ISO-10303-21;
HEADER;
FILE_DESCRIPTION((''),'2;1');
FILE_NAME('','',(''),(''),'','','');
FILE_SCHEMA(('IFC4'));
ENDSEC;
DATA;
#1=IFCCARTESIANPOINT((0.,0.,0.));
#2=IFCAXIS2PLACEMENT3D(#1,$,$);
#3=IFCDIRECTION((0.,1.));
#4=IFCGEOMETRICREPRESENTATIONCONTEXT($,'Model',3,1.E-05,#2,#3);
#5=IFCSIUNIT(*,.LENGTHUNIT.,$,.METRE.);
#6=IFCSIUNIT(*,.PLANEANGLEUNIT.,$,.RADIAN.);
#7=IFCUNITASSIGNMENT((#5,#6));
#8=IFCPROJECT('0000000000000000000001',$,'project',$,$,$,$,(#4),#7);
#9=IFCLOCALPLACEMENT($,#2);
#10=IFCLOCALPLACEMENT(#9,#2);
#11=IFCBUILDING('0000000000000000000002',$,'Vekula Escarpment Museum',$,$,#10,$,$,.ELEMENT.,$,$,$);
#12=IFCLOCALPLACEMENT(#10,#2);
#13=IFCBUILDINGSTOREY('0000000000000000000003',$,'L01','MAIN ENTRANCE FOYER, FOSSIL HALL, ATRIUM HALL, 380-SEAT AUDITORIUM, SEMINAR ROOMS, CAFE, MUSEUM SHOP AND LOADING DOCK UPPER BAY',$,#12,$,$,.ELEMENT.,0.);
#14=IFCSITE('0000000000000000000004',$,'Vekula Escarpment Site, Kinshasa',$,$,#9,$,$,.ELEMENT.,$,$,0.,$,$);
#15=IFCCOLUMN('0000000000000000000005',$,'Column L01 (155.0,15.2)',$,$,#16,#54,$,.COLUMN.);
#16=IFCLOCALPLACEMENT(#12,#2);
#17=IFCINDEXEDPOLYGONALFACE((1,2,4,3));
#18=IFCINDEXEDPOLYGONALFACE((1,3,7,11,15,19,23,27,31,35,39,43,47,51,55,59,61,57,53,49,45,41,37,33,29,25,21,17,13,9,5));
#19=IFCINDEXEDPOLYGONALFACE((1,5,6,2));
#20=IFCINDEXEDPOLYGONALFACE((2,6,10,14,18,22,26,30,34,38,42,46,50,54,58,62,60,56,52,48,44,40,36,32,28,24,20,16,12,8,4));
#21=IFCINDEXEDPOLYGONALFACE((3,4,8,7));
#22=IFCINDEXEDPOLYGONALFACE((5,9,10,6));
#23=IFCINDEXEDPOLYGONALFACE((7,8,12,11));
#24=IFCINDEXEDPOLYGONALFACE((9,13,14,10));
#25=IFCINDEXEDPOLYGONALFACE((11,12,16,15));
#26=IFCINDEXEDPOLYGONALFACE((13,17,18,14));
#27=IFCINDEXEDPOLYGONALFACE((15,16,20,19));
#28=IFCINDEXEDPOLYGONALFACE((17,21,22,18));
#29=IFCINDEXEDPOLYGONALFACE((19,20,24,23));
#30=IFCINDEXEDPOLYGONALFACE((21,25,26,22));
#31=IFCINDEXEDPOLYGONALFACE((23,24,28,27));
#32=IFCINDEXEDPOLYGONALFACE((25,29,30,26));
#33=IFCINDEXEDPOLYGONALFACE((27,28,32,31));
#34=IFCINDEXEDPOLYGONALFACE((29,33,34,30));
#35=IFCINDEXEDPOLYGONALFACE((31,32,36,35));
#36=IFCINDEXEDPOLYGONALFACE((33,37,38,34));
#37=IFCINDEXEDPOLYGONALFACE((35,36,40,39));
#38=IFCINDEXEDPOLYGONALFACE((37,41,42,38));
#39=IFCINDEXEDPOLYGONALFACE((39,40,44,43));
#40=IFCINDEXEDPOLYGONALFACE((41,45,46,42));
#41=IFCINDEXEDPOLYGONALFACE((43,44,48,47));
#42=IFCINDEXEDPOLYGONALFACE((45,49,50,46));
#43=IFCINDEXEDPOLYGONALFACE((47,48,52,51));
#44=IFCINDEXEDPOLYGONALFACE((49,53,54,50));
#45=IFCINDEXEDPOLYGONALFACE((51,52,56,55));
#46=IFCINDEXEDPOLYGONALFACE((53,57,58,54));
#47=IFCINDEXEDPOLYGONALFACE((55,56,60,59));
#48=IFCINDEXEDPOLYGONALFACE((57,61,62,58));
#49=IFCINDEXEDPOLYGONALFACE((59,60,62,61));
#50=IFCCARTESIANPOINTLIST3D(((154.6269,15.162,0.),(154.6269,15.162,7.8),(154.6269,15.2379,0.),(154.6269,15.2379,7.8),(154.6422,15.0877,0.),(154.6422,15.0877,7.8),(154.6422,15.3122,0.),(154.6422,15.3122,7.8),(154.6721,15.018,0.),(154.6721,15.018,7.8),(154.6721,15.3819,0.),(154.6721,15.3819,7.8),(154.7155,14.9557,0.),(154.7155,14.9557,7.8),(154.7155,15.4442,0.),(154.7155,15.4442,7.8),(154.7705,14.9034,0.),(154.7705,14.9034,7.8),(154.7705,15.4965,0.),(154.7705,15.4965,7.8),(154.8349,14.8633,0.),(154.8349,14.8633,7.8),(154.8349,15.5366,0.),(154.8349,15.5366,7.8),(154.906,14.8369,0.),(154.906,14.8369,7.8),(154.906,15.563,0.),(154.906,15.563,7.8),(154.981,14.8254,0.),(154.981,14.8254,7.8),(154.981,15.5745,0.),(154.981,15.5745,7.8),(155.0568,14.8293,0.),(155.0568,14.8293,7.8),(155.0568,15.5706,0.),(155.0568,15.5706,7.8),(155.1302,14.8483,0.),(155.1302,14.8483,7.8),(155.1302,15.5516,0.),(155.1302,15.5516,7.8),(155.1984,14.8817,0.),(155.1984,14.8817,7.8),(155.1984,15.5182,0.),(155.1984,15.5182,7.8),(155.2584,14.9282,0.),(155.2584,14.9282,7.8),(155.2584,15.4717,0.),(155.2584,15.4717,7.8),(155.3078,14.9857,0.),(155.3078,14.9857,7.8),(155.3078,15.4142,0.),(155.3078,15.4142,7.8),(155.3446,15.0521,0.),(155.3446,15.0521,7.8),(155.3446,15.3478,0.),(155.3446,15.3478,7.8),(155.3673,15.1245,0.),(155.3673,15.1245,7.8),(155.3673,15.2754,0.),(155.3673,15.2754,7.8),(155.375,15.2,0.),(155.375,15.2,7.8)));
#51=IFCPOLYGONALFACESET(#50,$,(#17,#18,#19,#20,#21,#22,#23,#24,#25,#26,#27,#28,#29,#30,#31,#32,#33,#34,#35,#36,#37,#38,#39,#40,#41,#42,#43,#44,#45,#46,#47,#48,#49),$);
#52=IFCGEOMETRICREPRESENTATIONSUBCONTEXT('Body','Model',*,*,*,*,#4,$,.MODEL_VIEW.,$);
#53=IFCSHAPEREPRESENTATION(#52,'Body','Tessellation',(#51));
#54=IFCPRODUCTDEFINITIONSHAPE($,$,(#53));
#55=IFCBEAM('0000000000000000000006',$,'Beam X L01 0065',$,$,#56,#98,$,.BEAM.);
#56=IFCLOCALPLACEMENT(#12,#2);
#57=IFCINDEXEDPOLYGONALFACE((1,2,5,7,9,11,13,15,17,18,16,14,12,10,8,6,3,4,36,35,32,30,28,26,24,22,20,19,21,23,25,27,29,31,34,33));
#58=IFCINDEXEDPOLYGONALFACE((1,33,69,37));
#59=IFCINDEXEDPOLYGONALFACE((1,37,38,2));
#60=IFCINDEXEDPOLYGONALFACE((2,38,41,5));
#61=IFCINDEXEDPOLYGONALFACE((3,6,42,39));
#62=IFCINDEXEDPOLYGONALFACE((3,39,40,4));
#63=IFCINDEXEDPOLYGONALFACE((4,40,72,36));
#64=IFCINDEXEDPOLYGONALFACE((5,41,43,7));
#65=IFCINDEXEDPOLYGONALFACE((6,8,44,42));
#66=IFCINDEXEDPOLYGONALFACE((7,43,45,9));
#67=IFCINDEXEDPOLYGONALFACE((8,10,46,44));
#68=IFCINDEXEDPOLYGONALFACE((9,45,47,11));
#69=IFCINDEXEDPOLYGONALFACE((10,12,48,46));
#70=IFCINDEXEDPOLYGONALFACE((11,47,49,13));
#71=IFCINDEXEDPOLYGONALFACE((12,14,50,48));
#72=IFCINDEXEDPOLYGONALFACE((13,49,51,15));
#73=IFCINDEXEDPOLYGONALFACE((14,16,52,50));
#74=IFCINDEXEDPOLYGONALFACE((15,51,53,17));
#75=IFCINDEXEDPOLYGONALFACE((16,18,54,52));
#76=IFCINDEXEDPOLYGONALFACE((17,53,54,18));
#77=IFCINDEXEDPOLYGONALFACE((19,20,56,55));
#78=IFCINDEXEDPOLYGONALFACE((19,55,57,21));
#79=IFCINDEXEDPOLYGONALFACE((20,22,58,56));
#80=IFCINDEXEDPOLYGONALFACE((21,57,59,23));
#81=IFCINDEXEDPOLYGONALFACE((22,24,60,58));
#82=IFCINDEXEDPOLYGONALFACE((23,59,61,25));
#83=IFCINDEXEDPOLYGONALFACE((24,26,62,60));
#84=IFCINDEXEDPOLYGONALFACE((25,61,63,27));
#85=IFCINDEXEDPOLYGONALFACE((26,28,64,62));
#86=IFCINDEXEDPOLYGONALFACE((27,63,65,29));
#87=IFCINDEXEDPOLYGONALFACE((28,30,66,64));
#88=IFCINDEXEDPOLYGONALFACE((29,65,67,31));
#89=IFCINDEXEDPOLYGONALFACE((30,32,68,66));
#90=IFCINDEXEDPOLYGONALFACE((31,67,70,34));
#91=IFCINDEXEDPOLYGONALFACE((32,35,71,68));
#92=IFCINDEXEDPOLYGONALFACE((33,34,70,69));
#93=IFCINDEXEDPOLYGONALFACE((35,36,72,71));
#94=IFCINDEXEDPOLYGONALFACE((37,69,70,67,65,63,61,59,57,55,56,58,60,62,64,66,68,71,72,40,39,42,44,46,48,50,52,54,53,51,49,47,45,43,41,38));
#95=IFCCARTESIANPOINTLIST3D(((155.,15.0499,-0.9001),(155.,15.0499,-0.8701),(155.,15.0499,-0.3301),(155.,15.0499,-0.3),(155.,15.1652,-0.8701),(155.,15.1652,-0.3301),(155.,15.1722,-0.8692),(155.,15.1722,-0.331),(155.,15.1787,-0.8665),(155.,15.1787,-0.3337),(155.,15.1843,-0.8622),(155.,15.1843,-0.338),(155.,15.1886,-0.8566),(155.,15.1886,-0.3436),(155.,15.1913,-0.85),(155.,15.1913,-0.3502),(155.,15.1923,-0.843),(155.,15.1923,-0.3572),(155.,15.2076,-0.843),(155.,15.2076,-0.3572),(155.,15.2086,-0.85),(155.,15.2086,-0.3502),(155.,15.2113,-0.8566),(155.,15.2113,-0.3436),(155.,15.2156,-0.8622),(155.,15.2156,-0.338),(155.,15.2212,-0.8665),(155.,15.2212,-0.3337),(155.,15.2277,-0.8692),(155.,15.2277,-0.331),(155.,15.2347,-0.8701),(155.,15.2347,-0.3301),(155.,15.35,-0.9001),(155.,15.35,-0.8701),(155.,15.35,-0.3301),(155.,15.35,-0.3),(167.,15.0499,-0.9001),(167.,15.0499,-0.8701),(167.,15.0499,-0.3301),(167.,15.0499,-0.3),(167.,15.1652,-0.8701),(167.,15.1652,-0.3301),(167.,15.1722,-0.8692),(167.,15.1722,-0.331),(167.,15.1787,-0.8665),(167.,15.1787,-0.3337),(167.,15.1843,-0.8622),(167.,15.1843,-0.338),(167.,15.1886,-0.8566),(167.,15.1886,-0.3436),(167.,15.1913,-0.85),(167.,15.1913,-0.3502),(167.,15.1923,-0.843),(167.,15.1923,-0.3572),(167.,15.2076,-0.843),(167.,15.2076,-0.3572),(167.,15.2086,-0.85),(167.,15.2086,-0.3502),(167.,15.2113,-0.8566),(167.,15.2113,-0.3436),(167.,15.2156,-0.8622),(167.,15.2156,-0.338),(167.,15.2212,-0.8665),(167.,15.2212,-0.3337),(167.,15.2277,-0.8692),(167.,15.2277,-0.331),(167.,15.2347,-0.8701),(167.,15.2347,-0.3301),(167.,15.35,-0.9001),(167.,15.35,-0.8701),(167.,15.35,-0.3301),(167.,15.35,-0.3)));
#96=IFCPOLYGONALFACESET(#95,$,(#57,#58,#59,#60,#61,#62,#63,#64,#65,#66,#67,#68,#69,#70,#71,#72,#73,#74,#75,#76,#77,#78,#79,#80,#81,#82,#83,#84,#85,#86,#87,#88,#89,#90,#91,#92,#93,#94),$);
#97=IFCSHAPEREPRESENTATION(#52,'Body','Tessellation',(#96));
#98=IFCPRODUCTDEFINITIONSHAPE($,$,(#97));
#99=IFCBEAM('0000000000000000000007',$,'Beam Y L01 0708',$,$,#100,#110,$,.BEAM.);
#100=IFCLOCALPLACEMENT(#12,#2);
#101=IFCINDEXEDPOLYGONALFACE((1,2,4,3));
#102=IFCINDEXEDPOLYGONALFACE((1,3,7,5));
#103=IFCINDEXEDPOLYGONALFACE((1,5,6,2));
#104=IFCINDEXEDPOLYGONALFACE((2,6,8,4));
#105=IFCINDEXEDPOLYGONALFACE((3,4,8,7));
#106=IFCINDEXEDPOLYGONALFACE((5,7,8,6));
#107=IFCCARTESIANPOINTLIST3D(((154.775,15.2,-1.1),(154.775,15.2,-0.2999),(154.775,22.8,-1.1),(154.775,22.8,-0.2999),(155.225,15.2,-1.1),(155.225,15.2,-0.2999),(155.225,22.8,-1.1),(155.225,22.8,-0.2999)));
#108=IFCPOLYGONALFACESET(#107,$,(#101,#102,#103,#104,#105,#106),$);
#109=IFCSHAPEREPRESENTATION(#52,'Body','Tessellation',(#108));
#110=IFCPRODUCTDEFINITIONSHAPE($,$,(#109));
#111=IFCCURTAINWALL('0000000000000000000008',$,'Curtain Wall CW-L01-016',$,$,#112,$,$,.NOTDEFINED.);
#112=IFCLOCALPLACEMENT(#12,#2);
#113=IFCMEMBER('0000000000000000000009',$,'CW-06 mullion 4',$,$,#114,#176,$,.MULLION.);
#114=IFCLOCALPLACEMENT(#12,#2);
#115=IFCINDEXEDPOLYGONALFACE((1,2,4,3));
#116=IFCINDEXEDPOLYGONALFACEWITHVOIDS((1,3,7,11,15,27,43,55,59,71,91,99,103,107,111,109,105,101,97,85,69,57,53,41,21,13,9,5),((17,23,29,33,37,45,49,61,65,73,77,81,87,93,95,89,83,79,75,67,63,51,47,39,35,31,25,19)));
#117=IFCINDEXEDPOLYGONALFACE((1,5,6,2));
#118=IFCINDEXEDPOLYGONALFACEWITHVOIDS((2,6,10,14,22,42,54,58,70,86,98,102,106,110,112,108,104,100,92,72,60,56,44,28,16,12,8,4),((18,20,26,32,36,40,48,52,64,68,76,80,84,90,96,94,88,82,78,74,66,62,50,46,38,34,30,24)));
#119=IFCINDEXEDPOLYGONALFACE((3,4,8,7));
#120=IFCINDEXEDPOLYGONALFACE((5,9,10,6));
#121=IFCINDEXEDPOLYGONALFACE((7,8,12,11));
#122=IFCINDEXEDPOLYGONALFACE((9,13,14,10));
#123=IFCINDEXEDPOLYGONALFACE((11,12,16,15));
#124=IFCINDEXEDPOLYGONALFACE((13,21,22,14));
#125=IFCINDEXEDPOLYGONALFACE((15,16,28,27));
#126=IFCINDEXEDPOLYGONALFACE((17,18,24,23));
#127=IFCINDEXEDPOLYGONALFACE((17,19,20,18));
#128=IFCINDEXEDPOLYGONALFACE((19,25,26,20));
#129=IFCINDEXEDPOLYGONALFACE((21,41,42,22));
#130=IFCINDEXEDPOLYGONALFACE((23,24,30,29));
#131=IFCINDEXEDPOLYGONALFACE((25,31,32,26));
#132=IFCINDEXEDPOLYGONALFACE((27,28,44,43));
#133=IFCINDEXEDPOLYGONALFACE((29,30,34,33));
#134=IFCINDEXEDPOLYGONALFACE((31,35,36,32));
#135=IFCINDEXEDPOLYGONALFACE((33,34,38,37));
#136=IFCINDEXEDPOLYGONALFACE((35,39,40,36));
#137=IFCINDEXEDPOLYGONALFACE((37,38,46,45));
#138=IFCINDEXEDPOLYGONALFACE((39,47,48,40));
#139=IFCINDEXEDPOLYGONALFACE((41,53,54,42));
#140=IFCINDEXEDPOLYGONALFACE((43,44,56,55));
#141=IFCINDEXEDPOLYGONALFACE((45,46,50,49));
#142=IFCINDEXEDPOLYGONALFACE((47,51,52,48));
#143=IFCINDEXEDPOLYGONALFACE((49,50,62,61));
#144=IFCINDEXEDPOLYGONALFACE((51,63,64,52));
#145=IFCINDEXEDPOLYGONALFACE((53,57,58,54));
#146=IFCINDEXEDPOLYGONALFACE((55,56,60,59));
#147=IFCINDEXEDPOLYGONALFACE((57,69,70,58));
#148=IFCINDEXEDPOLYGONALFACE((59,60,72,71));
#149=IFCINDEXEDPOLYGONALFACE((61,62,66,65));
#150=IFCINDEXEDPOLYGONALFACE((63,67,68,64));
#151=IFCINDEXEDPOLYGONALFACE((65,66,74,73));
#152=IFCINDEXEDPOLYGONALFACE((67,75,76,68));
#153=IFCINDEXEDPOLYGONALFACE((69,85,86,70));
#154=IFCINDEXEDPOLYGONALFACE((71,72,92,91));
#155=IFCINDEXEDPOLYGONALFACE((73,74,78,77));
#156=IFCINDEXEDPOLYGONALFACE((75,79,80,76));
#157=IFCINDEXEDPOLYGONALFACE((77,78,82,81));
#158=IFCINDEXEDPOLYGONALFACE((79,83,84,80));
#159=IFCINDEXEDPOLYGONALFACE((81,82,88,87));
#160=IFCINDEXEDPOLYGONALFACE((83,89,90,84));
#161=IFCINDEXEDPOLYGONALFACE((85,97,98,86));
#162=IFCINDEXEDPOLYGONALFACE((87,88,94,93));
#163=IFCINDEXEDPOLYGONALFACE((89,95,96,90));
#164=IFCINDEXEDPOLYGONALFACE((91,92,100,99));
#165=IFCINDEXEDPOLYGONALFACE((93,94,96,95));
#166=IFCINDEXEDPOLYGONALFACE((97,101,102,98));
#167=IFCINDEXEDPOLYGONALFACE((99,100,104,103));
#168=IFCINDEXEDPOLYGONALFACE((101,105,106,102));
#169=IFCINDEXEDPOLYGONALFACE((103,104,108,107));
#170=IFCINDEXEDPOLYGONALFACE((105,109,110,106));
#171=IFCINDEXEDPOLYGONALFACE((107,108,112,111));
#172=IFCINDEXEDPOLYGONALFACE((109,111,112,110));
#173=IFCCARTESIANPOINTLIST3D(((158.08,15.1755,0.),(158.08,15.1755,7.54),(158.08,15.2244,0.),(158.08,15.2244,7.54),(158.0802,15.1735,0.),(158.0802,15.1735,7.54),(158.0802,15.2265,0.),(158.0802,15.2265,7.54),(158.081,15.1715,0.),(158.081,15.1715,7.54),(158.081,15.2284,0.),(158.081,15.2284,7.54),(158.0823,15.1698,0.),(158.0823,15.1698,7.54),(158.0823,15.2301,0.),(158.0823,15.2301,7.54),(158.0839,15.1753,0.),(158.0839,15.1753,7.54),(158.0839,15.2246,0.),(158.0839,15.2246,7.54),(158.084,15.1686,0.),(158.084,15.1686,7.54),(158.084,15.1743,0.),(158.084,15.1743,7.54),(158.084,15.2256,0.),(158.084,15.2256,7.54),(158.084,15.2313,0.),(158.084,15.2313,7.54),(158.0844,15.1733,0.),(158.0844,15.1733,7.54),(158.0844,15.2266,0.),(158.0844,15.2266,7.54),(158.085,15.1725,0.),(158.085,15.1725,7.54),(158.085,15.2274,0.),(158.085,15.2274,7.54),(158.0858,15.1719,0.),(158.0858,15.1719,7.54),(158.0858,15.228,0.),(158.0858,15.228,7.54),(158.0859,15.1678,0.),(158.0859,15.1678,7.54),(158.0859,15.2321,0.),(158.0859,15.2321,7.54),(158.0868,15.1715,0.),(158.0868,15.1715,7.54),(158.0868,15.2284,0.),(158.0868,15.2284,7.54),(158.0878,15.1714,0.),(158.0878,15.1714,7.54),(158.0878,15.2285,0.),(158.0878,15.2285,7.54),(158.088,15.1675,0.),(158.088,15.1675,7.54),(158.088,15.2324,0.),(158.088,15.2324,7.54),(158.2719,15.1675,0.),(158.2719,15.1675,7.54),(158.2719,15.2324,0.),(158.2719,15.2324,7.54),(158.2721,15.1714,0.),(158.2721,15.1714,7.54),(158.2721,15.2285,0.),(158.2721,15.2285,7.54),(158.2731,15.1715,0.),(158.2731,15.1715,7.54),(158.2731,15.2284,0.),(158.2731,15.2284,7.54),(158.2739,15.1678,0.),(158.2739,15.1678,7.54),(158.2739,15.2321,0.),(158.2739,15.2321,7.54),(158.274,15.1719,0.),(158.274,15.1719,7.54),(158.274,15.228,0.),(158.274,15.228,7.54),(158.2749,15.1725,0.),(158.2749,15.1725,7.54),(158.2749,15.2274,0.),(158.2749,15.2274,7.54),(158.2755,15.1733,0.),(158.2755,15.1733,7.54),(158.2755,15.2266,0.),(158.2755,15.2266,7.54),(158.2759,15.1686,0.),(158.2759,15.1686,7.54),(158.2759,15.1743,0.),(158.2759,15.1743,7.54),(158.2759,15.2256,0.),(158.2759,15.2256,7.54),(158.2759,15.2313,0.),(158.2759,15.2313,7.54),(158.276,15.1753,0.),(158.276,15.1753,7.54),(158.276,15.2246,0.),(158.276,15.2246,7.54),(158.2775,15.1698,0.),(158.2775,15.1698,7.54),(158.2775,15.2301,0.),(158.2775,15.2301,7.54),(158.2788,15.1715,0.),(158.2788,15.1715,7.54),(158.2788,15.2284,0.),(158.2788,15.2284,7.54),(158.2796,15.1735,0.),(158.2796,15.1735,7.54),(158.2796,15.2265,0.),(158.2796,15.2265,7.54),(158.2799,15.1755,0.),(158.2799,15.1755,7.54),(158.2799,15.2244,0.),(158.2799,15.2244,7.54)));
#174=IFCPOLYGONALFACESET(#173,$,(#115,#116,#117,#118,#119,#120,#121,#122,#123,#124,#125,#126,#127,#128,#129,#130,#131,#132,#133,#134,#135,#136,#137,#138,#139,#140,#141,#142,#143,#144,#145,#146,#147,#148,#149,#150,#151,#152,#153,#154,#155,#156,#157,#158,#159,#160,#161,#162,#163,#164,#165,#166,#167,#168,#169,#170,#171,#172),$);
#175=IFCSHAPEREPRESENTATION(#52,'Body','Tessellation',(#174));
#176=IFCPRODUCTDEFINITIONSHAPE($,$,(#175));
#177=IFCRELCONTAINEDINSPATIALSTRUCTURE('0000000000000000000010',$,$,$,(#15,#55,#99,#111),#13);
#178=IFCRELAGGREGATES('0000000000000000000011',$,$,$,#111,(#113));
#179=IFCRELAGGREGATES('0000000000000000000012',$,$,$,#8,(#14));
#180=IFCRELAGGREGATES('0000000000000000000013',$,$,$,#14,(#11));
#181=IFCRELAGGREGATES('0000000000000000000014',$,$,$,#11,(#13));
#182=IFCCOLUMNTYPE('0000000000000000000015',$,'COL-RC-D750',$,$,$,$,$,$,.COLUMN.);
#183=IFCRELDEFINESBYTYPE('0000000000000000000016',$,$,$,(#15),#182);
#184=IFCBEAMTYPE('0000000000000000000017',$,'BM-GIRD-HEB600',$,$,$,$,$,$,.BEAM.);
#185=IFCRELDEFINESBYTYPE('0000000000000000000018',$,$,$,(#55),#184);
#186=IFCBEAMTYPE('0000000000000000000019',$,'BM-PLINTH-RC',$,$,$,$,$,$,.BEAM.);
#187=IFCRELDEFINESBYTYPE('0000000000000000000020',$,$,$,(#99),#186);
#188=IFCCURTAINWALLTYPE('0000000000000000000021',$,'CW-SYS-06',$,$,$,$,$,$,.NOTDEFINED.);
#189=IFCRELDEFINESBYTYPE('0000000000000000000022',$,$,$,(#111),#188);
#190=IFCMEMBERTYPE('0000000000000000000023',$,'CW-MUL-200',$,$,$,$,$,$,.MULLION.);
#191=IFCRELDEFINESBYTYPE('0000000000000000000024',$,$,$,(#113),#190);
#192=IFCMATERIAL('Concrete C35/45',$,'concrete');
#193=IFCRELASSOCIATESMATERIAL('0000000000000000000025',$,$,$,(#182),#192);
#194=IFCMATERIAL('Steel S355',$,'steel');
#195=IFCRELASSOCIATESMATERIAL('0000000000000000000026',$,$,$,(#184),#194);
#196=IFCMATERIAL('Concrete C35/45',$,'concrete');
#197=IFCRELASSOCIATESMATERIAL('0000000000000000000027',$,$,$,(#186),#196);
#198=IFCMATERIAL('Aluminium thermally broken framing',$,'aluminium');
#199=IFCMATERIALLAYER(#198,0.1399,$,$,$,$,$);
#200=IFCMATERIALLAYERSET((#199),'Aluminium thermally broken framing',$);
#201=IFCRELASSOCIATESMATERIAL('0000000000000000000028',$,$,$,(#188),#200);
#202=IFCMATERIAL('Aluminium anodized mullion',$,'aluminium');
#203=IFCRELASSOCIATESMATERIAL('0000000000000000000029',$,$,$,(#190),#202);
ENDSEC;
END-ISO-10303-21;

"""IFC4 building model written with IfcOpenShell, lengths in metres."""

from ifc_helpers import new_model, si_unit, direction, frame, origin, origin_2d, place, context, subcontext, project, spatial, rectangle, hollow_rectangle, circle, i_section, extrude, material, layer, layer_set, material_profile, profile_set, type_object, element, aggregate, save


model = new_model("IFC4")

# Units and contexts
model_context = context("Model", 3, precision=1e-05, world=origin(), true_north=direction((0.0, 1.0)))
body_context = subcontext(model_context, "Body", "Model", "MODEL_VIEW")
ifc_project = project(units=[si_unit("LENGTHUNIT", "METRE"), si_unit("PLANEANGLEUNIT", "RADIAN")], contexts=[model_context])

# Site, building, storey
site_placement = place(None, origin())
site = spatial("IfcSite", under=ifc_project, at=site_placement, Name="Vekula Escarpment Site, Kinshasa", CompositionType="ELEMENT", RefElevation=0.0)
building_placement = place(site_placement, origin())
building = spatial("IfcBuilding", under=site, at=building_placement, Name="Vekula Escarpment Museum", CompositionType="ELEMENT")
storey_placement = place(building_placement, origin())
storey = spatial("IfcBuildingStorey", under=building, at=storey_placement, Name="L01", Description="MAIN ENTRANCE FOYER, FOSSIL HALL, ATRIUM HALL, 380-SEAT AUDITORIUM, SEMINAR ROOMS, CAFE, MUSEUM SHOP AND LOADING DOCK UPPER BAY", CompositionType="ELEMENT", Elevation=0.0)

# Column
ifc_material_1 = material(Name="Concrete C35/45", Category="concrete")
ifc_material_profile_1 = material_profile(ifc_material_1, circle(Radius=0.375, at=origin_2d()), Name="RC COL D750")
ifc_profile_set_1 = profile_set([ifc_material_profile_1], Name="Concrete C35/45")
column_type = type_object("IfcColumnType", Name="COL-RC-D750", PredefinedType="COLUMN", material=ifc_profile_set_1)
column_placement = place(storey_placement, frame((155.0, 15.2, 0.0), z_axis=(0.0, 0.0, 1.0), x_axis=(1.0, 0.0, 0.0)))
element("IfcColumn", 1, at=column_placement, inside=storey, type_object=column_type, Name="Column L01 (155.0,15.2)", PredefinedType="COLUMN", context=body_context, shape_type="SweptSolid", body=[
    extrude(circle(Radius=0.375, at=origin_2d()), origin(), (0.0, 0.0, 1.0), 7.8),
])

# Beams
ifc_material_2 = material(Name="Steel S355", Category="steel")
ifc_material_profile_2 = material_profile(ifc_material_2, i_section(OverallWidth=0.3, OverallDepth=0.6001, WebThickness=0.0154, FlangeThickness=0.03, FilletRadius=0.0271, at=origin_2d()), Name="HEB 600")
ifc_profile_set_2 = profile_set([ifc_material_profile_2], Name="Steel S355")
beam_type_1 = type_object("IfcBeamType", Name="BM-GIRD-HEB600", PredefinedType="BEAM", material=ifc_profile_set_2)
beam_1_placement = place(storey_placement, frame((155.0, 15.2, -0.6001), z_axis=(1.0, 0.0, 0.0), x_axis=(0.0, 1.0, 0.0)))
element("IfcBeam", 2, at=beam_1_placement, inside=storey, type_object=beam_type_1, Name="Beam X L01 0065", PredefinedType="BEAM", context=body_context, shape_type="SweptSolid", body=[
    extrude(i_section(OverallWidth=0.3, OverallDepth=0.6001, WebThickness=0.0154, FlangeThickness=0.03, FilletRadius=0.0271, at=origin_2d()), origin(), (0.0, 0.0, 1.0), 12.0),
])
ifc_material_3 = material(Name="Concrete C35/45", Category="concrete")
ifc_material_profile_3 = material_profile(ifc_material_3, rectangle(XDim=0.45, YDim=0.8, at=origin_2d()), Name="RC 450x800")
ifc_profile_set_3 = profile_set([ifc_material_profile_3], Name="Concrete C35/45")
beam_type_2 = type_object("IfcBeamType", Name="BM-PLINTH-RC", PredefinedType="BEAM", material=ifc_profile_set_3)
beam_2_placement = place(storey_placement, frame((155.0, 15.2, -0.7), z_axis=(0.0, 1.0, 0.0), x_axis=(-1.0, 0.0, 0.0)))
element("IfcBeam", 3, at=beam_2_placement, inside=storey, type_object=beam_type_2, Name="Beam Y L01 0708", PredefinedType="BEAM", context=body_context, shape_type="SweptSolid", body=[
    extrude(rectangle(XDim=0.45, YDim=0.8, at=origin_2d()), origin(), (0.0, 0.0, 1.0), 7.6001),
])

# Curtain wall, member
ifc_material_4 = material(Name="Aluminium thermally broken framing", Category="aluminium")
ifc_layer_1 = layer(ifc_material_4, 0.1399)
ifc_layer_set_1 = layer_set([ifc_layer_1], Name="Aluminium thermally broken framing")
curtain_wall_type_1 = type_object("IfcCurtainWallType", Name="CW-SYS-06", PredefinedType="NOTDEFINED", material=ifc_layer_set_1)
curtain_wall_1_placement = place(storey_placement, origin())
curtain_wall_1 = element("IfcCurtainWall", 4, at=curtain_wall_1_placement, inside=storey, type_object=curtain_wall_type_1, Name="Curtain Wall CW-L01-016", PredefinedType="NOTDEFINED")
ifc_material_5 = material(Name="Aluminium anodized mullion", Category="aluminium")
ifc_material_profile_4 = material_profile(ifc_material_5, hollow_rectangle(XDim=0.0649, YDim=0.2, WallThickness=0.0039, InnerFilletRadius=0.0039, OuterFilletRadius=0.0081, at=origin_2d()), Name="ALU 200x65x4")
ifc_profile_set_4 = profile_set([ifc_material_profile_4], Name="Aluminium anodized mullion")
member_type_1 = type_object("IfcMemberType", Name="CW-MUL-200", PredefinedType="MULLION", material=ifc_profile_set_4)
member_1_placement = place(storey_placement, frame((158.1799, 15.2, 0.0), z_axis=(0.0, 0.0, 1.0), x_axis=(0.0, -1.0, 0.0)))
member_1 = element("IfcMember", 5, at=member_1_placement, type_object=member_type_1, Name="CW-06 mullion 4", PredefinedType="MULLION", context=body_context, shape_type="SweptSolid", body=[
    extrude(hollow_rectangle(XDim=0.0649, YDim=0.2, WallThickness=0.0039, InnerFilletRadius=0.0039, OuterFilletRadius=0.0081, at=origin_2d()), origin(), (0.0, 0.0, 1.0), 7.54),
])

aggregate(curtain_wall_1, [member_1])

save(model, "model.ifc")
